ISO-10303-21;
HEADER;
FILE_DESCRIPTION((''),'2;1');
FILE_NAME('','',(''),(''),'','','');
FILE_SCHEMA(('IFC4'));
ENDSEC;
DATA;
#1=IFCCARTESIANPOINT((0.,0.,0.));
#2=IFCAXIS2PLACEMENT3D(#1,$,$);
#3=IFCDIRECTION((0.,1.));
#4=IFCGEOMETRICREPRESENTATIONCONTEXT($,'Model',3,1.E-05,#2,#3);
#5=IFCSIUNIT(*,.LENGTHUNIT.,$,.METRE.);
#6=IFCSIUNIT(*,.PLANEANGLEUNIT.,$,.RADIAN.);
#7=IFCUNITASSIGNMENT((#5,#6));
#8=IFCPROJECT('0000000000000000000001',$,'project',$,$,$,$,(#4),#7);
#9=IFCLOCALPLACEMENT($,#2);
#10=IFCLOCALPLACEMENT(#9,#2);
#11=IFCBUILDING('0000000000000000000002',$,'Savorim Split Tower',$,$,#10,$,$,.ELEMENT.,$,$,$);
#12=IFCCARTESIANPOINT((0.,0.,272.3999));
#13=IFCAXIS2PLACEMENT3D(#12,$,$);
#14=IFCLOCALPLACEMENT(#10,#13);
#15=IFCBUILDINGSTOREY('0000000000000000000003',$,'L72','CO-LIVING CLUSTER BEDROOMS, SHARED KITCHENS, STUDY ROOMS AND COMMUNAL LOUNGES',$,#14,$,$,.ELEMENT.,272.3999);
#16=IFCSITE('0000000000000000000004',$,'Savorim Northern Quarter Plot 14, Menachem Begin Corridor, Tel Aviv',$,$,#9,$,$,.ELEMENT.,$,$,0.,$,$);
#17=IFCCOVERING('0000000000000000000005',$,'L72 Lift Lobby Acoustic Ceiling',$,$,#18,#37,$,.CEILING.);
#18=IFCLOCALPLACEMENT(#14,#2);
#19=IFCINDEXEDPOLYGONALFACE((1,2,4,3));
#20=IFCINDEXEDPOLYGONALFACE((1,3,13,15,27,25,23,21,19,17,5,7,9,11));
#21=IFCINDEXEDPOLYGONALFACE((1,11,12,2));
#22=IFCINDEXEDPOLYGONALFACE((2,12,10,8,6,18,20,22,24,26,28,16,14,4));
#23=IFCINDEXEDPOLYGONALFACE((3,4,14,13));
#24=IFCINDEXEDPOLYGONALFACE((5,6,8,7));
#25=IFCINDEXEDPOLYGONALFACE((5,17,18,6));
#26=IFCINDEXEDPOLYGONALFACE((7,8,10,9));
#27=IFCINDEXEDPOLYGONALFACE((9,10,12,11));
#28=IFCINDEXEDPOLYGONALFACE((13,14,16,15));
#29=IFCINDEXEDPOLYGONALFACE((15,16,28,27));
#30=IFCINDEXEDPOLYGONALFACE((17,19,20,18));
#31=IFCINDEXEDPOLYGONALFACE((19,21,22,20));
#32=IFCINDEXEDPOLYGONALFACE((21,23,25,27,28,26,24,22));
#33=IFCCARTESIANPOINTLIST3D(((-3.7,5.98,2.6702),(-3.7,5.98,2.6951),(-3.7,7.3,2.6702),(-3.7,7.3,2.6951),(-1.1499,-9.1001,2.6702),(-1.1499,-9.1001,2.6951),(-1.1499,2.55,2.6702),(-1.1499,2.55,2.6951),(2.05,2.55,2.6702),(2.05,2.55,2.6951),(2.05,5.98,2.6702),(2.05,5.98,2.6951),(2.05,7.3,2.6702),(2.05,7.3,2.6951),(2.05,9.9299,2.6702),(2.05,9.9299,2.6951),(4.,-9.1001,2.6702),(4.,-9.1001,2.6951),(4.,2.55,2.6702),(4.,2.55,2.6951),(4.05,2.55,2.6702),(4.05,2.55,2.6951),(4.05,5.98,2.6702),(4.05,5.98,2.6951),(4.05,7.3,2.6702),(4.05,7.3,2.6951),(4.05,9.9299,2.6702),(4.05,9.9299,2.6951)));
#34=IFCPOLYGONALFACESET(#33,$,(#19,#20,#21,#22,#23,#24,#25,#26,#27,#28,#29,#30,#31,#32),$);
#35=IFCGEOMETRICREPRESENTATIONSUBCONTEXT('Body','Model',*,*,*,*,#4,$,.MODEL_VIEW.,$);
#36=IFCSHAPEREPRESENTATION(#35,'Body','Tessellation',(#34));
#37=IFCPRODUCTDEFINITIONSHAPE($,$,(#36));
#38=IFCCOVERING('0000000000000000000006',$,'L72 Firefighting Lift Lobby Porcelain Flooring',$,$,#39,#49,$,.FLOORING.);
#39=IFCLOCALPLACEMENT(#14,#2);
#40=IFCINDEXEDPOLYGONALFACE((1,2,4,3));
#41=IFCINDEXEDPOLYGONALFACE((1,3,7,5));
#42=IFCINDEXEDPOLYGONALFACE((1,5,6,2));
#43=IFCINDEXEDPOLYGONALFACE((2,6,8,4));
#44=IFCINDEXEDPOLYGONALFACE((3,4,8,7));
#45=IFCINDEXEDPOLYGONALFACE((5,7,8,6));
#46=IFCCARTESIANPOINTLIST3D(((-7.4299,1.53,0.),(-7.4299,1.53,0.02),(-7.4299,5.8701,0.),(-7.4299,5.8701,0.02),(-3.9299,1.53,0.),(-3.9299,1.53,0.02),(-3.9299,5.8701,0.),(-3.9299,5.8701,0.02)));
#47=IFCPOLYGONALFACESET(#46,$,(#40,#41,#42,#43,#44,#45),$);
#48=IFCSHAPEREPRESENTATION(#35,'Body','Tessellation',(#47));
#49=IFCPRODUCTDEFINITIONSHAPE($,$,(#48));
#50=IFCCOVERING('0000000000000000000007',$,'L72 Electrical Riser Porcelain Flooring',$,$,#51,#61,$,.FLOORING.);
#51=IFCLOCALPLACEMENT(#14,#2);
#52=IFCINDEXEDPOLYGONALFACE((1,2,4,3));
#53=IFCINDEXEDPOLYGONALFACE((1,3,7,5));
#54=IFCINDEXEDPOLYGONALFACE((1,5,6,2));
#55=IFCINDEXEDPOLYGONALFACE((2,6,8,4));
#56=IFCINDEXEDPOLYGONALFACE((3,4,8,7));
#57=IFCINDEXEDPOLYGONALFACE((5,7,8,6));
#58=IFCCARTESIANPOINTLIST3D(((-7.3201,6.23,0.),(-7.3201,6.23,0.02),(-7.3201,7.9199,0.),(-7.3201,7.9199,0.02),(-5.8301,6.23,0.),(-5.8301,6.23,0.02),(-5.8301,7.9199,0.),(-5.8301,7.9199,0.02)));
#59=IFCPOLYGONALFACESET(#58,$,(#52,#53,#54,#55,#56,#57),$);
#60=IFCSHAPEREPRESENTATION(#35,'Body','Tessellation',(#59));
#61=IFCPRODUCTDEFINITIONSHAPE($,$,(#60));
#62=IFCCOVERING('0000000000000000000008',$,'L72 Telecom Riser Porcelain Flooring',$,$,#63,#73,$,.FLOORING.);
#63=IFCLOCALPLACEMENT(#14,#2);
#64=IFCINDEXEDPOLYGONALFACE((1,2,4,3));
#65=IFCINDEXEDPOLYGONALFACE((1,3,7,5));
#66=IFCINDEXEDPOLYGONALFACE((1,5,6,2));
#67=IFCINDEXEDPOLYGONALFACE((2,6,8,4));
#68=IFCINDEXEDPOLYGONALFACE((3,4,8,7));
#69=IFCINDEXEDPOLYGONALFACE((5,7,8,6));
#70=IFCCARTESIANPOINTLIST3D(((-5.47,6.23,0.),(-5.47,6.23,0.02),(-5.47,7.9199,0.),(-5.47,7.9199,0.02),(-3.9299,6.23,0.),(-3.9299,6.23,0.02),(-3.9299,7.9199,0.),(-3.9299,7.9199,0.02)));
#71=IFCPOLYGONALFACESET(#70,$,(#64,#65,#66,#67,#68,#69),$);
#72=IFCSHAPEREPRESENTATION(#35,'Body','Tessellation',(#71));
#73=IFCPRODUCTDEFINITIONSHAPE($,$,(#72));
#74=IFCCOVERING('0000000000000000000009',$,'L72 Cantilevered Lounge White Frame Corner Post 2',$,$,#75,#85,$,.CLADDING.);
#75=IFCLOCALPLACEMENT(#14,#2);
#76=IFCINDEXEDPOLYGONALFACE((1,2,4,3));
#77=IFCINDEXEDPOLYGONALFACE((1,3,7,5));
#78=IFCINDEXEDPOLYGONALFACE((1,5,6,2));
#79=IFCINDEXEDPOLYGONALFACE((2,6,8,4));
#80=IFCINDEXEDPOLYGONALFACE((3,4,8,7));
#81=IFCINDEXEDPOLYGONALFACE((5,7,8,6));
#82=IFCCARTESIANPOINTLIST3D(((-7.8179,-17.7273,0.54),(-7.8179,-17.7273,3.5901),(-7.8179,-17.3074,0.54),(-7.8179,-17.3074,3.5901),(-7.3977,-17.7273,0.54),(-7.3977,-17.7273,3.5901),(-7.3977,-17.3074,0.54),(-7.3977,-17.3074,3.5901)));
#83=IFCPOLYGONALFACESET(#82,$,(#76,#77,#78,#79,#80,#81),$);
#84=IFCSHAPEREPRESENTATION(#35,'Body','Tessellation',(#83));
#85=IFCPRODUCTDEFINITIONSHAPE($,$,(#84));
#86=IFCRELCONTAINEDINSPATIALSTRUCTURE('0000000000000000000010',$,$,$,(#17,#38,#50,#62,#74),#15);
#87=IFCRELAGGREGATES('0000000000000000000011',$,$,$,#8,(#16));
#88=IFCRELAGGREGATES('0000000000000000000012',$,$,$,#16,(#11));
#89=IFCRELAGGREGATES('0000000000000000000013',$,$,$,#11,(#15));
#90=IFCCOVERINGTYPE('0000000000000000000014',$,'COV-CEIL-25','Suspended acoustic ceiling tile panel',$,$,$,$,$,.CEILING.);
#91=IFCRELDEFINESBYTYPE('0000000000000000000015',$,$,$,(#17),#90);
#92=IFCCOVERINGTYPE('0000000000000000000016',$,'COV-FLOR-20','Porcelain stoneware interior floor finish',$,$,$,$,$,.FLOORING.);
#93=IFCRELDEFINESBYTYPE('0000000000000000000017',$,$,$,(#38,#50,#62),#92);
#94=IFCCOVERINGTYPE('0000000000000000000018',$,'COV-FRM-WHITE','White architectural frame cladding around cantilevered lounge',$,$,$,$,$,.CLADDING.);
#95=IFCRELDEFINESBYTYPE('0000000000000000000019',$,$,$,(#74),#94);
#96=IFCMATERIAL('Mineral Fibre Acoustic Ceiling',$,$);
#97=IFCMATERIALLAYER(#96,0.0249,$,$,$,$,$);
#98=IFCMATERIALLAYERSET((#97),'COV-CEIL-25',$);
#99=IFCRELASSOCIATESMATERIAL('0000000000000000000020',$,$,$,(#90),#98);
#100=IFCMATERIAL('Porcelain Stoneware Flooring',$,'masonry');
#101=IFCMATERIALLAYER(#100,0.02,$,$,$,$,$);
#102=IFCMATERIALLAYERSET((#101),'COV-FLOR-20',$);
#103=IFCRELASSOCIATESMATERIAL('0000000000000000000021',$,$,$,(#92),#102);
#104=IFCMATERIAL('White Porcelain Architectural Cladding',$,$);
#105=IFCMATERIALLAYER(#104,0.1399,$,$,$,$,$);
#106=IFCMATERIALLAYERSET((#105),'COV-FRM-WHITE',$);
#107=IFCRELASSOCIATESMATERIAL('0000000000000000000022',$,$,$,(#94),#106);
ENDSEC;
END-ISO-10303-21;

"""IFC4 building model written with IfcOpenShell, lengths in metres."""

from ifc_helpers import new_model, si_unit, direction, frame, origin, place, context, subcontext, project, spatial, polyline, outline, extrude, material, layer, layer_set, type_object, element, save


model = new_model("IFC4")

# Units and contexts
model_context = context("Model", 3, precision=1e-05, world=origin(), true_north=direction((0.0, 1.0)))
body_context = subcontext(model_context, "Body", "Model", "MODEL_VIEW")
ifc_project = project(units=[si_unit("LENGTHUNIT", "METRE"), si_unit("PLANEANGLEUNIT", "RADIAN")], contexts=[model_context])

# Site, building, storey
site_placement = place(None, origin())
site = spatial("IfcSite", under=ifc_project, at=site_placement, Name="Savorim Northern Quarter Plot 14, Menachem Begin Corridor, Tel Aviv", CompositionType="ELEMENT", RefElevation=0.0)
building_placement = place(site_placement, origin())
building = spatial("IfcBuilding", under=site, at=building_placement, Name="Savorim Split Tower", CompositionType="ELEMENT")
storey_placement = place(building_placement, frame((0.0, 0.0, 272.3999)))
storey = spatial("IfcBuildingStorey", under=building, at=storey_placement, Name="L72", Description="CO-LIVING CLUSTER BEDROOMS, SHARED KITCHENS, STUDY ROOMS AND COMMUNAL LOUNGES", CompositionType="ELEMENT", Elevation=272.3999)

# Coverings
ifc_material_1 = material(Name="Mineral Fibre Acoustic Ceiling")
ifc_layer_1 = layer(ifc_material_1, 0.0249)
ifc_layer_set_1 = layer_set([ifc_layer_1], Name="COV-CEIL-25")
covering_type_1 = type_object("IfcCoveringType", Name="COV-CEIL-25", Description="Suspended acoustic ceiling tile panel", PredefinedType="CEILING", material=ifc_layer_set_1)
covering_1_placement = place(storey_placement, frame((0.0, 0.0, 2.6702)))
element("IfcCovering", 1, at=covering_1_placement, inside=storey, type_object=covering_type_1, Name="L72 Lift Lobby Acoustic Ceiling", PredefinedType="CEILING", context=body_context, shape_type="SweptSolid", body=[
    extrude(outline(polyline([(2.05, 2.55), (-1.1499, 2.55), (-1.1499, -9.1001), (4.0, -9.1001), (4.0, 2.55), (4.05, 2.55), (4.05, 5.98), (4.05, 7.3), (4.05, 9.9299), (2.05, 9.9299), (2.05, 7.3), (-3.7, 7.3), (-3.7, 5.98), (2.05, 5.98), (2.05, 2.55)])), origin(), (0.0, 0.0, 1.0), 0.0249),
])
ifc_material_2 = material(Name="Porcelain Stoneware Flooring", Category="masonry")
ifc_layer_2 = layer(ifc_material_2, 0.02)
ifc_layer_set_2 = layer_set([ifc_layer_2], Name="COV-FLOR-20")
covering_type_2 = type_object("IfcCoveringType", Name="COV-FLOR-20", Description="Porcelain stoneware interior floor finish", PredefinedType="FLOORING", material=ifc_layer_set_2)
covering_2_placement = place(storey_placement, origin())
element("IfcCovering", 2, at=covering_2_placement, inside=storey, type_object=covering_type_2, Name="L72 Firefighting Lift Lobby Porcelain Flooring", PredefinedType="FLOORING", context=body_context, shape_type="SweptSolid", body=[
    extrude(outline(polyline([(-7.4299, 5.8701), (-7.4299, 1.53), (-3.9299, 1.53), (-3.9299, 5.8701), (-7.4299, 5.8701)])), origin(), (0.0, 0.0, 1.0), 0.02),
])
covering_3_placement = place(storey_placement, origin())
element("IfcCovering", 3, at=covering_3_placement, inside=storey, type_object=covering_type_2, Name="L72 Electrical Riser Porcelain Flooring", PredefinedType="FLOORING", context=body_context, shape_type="SweptSolid", body=[
    extrude(outline(polyline([(-7.3201, 7.9199), (-7.3201, 6.23), (-5.8301, 6.23), (-5.8301, 7.9199), (-7.3201, 7.9199)])), origin(), (0.0, 0.0, 1.0), 0.02),
])
covering_4_placement = place(storey_placement, origin())
element("IfcCovering", 4, at=covering_4_placement, inside=storey, type_object=covering_type_2, Name="L72 Telecom Riser Porcelain Flooring", PredefinedType="FLOORING", context=body_context, shape_type="SweptSolid", body=[
    extrude(outline(polyline([(-5.47, 7.9199), (-5.47, 6.23), (-3.9299, 6.23), (-3.9299, 7.9199), (-5.47, 7.9199)])), origin(), (0.0, 0.0, 1.0), 0.02),
])
ifc_material_3 = material(Name="White Porcelain Architectural Cladding")
ifc_layer_3 = layer(ifc_material_3, 0.1399)
ifc_layer_set_3 = layer_set([ifc_layer_3], Name="COV-FRM-WHITE")
covering_type_3 = type_object("IfcCoveringType", Name="COV-FRM-WHITE", Description="White architectural frame cladding around cantilevered lounge", PredefinedType="CLADDING", material=ifc_layer_set_3)
covering_5_placement = place(storey_placement, frame((0.0, 0.0, 0.54)))
element("IfcCovering", 5, at=covering_5_placement, inside=storey, type_object=covering_type_3, Name="L72 Cantilevered Lounge White Frame Corner Post 2", PredefinedType="CLADDING", context=body_context, shape_type="SweptSolid", body=[
    extrude(outline(polyline([(-7.8179, -17.7273), (-7.3977, -17.7273), (-7.3977, -17.3074), (-7.8179, -17.3074), (-7.8179, -17.7273)])), origin(), (0.0, 0.0, 1.0), 3.05),
])

save(model, "model.ifc")
